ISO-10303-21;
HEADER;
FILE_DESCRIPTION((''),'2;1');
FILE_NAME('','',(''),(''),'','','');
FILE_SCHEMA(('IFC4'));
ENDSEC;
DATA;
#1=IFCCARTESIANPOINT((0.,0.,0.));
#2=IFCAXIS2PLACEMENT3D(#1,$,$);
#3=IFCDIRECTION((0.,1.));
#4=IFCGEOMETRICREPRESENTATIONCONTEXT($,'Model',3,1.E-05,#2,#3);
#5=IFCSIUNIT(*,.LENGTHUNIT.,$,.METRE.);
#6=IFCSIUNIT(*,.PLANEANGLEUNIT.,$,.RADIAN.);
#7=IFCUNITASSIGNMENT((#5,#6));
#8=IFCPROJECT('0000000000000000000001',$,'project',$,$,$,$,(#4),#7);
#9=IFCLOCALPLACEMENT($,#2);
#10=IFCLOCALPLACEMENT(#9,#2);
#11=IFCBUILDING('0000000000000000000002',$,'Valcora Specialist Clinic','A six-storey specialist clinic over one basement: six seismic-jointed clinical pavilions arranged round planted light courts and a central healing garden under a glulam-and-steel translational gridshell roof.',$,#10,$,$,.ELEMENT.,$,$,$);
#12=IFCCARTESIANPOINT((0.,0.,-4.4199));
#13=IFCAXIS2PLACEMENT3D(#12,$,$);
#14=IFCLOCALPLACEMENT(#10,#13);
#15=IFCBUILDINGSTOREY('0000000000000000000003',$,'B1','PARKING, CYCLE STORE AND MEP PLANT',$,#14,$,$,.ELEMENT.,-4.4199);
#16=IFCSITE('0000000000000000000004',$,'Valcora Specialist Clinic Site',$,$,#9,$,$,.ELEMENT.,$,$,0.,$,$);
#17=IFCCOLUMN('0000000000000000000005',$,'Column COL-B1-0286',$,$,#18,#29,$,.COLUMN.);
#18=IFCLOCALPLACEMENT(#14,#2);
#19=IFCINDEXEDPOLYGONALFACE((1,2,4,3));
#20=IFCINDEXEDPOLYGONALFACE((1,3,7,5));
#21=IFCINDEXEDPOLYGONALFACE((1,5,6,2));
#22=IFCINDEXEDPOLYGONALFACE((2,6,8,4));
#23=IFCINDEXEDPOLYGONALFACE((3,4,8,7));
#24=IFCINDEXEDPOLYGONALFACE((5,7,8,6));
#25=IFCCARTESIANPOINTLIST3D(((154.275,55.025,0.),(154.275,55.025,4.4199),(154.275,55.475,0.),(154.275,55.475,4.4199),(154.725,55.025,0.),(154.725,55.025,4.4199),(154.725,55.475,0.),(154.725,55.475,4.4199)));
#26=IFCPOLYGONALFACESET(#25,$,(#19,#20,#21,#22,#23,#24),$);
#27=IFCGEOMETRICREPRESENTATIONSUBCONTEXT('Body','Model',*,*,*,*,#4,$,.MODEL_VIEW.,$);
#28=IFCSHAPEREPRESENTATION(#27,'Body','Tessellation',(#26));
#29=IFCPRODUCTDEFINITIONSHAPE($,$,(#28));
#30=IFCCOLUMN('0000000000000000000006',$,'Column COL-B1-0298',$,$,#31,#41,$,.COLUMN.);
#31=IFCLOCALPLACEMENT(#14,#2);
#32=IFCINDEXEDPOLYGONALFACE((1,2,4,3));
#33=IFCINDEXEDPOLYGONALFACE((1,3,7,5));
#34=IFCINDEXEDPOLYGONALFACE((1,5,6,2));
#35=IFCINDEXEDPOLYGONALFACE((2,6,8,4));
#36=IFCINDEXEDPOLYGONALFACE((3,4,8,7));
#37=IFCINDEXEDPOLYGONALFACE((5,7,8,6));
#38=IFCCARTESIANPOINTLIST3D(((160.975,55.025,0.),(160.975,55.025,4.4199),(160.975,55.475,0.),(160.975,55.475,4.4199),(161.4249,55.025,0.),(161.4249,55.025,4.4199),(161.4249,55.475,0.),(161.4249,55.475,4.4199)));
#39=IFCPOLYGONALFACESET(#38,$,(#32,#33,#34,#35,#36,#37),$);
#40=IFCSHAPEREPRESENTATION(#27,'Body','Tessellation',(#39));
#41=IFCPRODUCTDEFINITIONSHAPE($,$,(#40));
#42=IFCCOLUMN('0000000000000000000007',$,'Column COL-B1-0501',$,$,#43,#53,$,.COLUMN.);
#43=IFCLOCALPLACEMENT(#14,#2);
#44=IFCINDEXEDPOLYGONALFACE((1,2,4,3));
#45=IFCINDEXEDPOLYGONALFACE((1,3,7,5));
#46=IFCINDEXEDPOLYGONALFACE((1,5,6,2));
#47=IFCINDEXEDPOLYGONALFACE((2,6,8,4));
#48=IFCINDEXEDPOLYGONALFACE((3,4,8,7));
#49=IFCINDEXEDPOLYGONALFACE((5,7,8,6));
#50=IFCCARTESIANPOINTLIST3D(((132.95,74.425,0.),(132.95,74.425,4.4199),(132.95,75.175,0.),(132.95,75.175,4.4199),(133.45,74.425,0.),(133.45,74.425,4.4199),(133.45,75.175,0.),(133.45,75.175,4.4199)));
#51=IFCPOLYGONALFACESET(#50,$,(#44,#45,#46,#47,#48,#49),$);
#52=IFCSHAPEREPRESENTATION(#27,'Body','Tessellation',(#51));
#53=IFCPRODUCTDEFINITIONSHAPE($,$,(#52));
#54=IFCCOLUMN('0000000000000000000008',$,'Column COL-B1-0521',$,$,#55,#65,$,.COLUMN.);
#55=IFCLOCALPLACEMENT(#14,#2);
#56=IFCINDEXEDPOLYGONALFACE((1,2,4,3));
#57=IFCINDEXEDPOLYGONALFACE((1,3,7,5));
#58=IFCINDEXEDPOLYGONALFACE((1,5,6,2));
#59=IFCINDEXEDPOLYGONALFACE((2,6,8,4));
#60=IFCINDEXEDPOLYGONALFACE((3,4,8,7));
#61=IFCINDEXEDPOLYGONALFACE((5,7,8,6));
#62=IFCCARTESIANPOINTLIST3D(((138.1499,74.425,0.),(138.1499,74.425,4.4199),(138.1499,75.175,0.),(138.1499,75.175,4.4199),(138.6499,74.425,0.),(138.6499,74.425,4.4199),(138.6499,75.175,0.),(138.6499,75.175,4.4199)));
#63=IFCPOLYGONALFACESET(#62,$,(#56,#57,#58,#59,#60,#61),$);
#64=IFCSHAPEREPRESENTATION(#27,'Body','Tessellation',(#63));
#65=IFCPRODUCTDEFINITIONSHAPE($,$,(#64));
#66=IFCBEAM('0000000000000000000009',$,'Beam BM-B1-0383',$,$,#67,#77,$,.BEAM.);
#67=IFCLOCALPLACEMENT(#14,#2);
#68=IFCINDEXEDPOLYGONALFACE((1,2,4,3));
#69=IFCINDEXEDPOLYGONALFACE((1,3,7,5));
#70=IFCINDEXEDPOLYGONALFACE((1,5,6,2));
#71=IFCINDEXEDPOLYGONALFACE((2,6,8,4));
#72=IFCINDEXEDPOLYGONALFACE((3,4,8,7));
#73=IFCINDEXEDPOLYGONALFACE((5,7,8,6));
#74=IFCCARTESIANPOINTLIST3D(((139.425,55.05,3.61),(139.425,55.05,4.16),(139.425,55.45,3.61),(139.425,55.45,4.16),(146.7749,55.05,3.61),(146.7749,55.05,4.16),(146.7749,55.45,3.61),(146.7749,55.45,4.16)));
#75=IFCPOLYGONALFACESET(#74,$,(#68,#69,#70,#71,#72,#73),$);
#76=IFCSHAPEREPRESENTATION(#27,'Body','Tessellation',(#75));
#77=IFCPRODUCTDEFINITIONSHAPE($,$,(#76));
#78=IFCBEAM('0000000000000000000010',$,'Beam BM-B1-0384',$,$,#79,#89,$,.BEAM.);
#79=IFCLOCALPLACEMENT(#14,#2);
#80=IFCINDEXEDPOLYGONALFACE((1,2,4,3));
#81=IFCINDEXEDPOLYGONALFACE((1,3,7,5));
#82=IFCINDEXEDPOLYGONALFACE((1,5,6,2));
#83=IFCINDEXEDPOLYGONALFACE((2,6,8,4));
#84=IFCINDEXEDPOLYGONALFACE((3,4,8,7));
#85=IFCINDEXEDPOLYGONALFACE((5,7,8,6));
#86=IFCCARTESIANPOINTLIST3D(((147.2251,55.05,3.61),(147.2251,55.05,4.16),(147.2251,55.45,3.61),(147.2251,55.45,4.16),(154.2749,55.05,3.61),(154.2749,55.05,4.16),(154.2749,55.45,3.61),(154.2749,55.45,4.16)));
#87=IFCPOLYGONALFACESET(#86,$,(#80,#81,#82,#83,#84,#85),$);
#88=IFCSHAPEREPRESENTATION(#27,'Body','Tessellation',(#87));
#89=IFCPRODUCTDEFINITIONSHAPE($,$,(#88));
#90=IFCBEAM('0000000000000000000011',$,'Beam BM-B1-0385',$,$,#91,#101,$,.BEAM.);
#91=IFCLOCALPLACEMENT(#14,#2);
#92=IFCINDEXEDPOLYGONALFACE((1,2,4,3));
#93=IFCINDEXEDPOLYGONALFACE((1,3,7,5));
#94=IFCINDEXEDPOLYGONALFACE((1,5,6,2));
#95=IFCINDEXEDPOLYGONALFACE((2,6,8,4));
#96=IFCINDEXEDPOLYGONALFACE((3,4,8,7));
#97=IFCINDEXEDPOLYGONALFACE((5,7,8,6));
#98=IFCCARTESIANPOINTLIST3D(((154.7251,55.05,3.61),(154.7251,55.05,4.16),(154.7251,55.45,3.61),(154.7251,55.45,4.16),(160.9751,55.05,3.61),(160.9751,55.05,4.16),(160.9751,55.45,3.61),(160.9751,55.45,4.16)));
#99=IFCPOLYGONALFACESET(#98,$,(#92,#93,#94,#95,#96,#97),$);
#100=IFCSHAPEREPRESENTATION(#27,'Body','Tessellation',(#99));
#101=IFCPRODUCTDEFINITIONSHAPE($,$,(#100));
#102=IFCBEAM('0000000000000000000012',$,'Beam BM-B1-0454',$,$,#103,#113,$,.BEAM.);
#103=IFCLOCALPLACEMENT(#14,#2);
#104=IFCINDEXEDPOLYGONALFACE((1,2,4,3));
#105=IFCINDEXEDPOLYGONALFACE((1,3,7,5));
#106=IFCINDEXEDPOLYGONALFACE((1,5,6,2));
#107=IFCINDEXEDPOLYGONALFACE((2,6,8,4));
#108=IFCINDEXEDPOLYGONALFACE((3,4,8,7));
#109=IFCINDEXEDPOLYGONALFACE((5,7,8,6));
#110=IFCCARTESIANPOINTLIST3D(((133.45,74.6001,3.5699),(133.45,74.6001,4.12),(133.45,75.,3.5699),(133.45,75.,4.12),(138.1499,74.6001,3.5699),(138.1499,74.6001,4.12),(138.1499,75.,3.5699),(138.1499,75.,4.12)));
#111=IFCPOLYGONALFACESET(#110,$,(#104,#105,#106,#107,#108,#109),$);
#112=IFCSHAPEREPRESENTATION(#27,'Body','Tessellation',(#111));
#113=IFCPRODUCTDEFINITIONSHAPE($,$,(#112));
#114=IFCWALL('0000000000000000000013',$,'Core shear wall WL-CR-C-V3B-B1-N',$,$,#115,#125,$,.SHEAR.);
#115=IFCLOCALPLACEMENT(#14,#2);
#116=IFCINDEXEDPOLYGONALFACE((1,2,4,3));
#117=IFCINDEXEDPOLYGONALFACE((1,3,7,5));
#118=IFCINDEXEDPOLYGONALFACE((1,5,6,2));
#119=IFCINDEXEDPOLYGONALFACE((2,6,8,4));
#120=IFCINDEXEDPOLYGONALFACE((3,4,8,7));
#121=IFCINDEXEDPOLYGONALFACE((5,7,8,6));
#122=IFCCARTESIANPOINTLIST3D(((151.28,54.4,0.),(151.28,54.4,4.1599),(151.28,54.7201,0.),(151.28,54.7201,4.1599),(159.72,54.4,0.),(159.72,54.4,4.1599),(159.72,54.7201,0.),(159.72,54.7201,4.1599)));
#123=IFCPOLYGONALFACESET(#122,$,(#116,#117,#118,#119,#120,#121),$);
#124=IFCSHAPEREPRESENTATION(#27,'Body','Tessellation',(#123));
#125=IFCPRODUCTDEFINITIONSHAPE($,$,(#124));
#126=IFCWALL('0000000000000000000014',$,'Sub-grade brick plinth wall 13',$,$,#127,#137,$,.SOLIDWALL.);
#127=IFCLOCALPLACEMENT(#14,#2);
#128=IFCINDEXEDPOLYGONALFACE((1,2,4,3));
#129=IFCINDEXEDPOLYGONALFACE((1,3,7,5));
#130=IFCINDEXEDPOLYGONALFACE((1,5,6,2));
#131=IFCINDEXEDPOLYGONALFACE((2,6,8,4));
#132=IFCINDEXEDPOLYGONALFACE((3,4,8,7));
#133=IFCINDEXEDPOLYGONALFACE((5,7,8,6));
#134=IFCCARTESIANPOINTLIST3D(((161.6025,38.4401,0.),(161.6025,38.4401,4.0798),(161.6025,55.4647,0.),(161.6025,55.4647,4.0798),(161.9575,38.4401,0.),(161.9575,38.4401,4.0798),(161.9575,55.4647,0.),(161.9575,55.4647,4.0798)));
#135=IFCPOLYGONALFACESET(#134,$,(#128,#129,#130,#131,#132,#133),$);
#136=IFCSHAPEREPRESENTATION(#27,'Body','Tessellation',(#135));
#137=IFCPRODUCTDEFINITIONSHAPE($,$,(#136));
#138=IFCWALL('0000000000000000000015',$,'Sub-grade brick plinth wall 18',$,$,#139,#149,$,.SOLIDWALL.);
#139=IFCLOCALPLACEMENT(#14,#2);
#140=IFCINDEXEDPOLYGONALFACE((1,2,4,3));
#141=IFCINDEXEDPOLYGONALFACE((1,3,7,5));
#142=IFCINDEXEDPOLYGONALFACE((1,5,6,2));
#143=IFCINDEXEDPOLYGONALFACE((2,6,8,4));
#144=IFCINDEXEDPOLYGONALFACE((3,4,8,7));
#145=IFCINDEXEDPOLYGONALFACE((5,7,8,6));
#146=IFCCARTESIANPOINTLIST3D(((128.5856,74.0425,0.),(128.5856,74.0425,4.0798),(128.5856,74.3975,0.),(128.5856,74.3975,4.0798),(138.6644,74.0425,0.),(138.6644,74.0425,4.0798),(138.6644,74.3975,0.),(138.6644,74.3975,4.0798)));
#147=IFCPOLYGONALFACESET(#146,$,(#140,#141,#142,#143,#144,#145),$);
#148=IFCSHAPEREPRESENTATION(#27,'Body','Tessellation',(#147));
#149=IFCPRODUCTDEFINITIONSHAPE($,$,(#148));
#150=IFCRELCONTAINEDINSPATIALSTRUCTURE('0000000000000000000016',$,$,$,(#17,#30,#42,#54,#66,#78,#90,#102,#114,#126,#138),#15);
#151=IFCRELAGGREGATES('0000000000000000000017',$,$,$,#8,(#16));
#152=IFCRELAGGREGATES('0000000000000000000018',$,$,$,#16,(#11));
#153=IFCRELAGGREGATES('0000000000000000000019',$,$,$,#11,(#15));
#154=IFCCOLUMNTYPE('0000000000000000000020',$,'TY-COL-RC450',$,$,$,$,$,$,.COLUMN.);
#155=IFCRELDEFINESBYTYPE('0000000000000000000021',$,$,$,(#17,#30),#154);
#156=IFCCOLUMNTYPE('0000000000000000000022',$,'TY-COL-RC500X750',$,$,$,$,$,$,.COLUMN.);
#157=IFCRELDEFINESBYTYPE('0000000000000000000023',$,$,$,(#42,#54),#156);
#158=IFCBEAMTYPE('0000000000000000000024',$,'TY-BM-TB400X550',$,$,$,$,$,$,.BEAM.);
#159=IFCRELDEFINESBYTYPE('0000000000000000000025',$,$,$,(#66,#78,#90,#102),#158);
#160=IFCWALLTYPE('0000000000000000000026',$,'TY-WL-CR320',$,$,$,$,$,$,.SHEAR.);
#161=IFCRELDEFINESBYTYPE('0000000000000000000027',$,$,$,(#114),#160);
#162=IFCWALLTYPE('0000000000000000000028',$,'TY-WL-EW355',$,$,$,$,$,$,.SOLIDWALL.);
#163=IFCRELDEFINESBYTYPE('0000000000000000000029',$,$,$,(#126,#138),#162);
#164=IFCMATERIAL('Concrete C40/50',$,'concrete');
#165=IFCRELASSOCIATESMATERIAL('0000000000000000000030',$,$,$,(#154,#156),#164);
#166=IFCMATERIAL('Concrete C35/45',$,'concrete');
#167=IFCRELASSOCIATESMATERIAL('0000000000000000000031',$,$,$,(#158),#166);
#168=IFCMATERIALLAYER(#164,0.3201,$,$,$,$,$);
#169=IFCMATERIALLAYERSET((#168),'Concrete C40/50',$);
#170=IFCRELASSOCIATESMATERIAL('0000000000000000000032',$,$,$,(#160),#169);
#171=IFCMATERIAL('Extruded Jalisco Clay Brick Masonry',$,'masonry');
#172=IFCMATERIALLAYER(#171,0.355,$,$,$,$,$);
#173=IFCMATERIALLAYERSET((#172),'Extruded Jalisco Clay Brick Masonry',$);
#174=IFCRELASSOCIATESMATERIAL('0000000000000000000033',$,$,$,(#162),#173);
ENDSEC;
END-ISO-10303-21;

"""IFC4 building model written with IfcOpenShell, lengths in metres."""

from ifc_helpers import new_model, si_unit, direction, frame, frame_2d, origin, origin_2d, place, context, subcontext, project, spatial, rectangle, extrude, material, layer, layer_set, material_profile, profile_set, type_object, element, save


model = new_model("IFC4")

# Units and contexts
model_context = context("Model", 3, precision=1e-05, world=origin(), true_north=direction((0.0, 1.0)))
body_context = subcontext(model_context, "Body", "Model", "MODEL_VIEW")
ifc_project = project(units=[si_unit("LENGTHUNIT", "METRE"), si_unit("PLANEANGLEUNIT", "RADIAN")], contexts=[model_context])

# Site, building, storey
site_placement = place(None, origin())
site = spatial("IfcSite", under=ifc_project, at=site_placement, Name="Valcora Specialist Clinic Site", CompositionType="ELEMENT", RefElevation=0.0)
building_placement = place(site_placement, origin())
building = spatial("IfcBuilding", under=site, at=building_placement, Name="Valcora Specialist Clinic", Description="A six-storey specialist clinic over one basement: six seismic-jointed clinical pavilions arranged round planted light courts and a central healing garden under a glulam-and-steel translational gridshell roof.", CompositionType="ELEMENT")
storey_placement = place(building_placement, frame((0.0, 0.0, -4.4199)))
storey = spatial("IfcBuildingStorey", under=building, at=storey_placement, Name="B1", Description="PARKING, CYCLE STORE AND MEP PLANT", CompositionType="ELEMENT", Elevation=-4.4199)

# Shared definitions
ifc_material_1 = material(Name="Concrete C35/45", Category="concrete")

# Columns
ifc_material_2 = material(Name="Concrete C40/50", Category="concrete")
ifc_material_profile_1 = material_profile(ifc_material_2, rectangle(XDim=0.45, YDim=0.45, at=origin_2d()), Name="RC-COL-450X450")
ifc_profile_set_1 = profile_set([ifc_material_profile_1], Name="Concrete C40/50")
column_type_1 = type_object("IfcColumnType", Name="TY-COL-RC450", PredefinedType="COLUMN", material=ifc_profile_set_1)
for number, where, z_axis, x_axis, name in (
    (1, (154.5, 55.25, 0.0), (0.0, 0.0, 1.0), (1.0, 0.0, 0.0), "Column COL-B1-0286"),
    (2, (161.2, 55.25, 0.0), (0.0, 0.0, 1.0), (1.0, 0.0, 0.0), "Column COL-B1-0298"),
):
    element("IfcColumn", number, at=place(storey_placement, frame(where, z_axis=z_axis, x_axis=x_axis)), inside=storey, type_object=column_type_1, Name=name, PredefinedType="COLUMN", context=body_context, shape_type="SweptSolid", body=[
        extrude(rectangle(XDim=0.45, YDim=0.45, at=origin_2d()), origin(), (0.0, 0.0, 1.0), 4.4199),
    ])
ifc_material_profile_2 = material_profile(ifc_material_2, rectangle(XDim=0.5, YDim=0.75, at=origin_2d()), Name="RC-COL-500X750")
ifc_profile_set_2 = profile_set([ifc_material_profile_2], Name="Concrete C40/50")
column_type_2 = type_object("IfcColumnType", Name="TY-COL-RC500X750", PredefinedType="COLUMN", material=ifc_profile_set_2)
for number, where, z_axis, x_axis, name in (
    (3, (133.2, 74.8, 0.0), (0.0, 0.0, 1.0), (1.0, 0.0, 0.0), "Column COL-B1-0501"),
    (4, (138.3999, 74.8, 0.0), (0.0, 0.0, 1.0), (1.0, 0.0, 0.0), "Column COL-B1-0521"),
):
    element("IfcColumn", number, at=place(storey_placement, frame(where, z_axis=z_axis, x_axis=x_axis)), inside=storey, type_object=column_type_2, Name=name, PredefinedType="COLUMN", context=body_context, shape_type="SweptSolid", body=[
        extrude(rectangle(XDim=0.5, YDim=0.75, at=origin_2d()), origin(), (0.0, 0.0, 1.0), 4.4199),
    ])

# Beams
ifc_material_profile_3 = material_profile(ifc_material_1, rectangle(XDim=0.3999, YDim=0.55, at=origin_2d()), Name="RC-TB-400X550")
ifc_profile_set_3 = profile_set([ifc_material_profile_3], Name="Concrete C35/45")
beam_type = type_object("IfcBeamType", Name="TY-BM-TB400X550", PredefinedType="BEAM", material=ifc_profile_set_3)
beam_1_placement = place(storey_placement, frame((139.425, 55.25, 3.885), z_axis=(1.0, 0.0, 0.0), x_axis=(0.0, 1.0, 0.0)))
element("IfcBeam", 5, at=beam_1_placement, inside=storey, type_object=beam_type, Name="Beam BM-B1-0383", PredefinedType="BEAM", context=body_context, shape_type="SweptSolid", body=[
    extrude(rectangle(XDim=0.3999, YDim=0.55, at=origin_2d()), origin(), (0.0, 0.0, 1.0), 7.3499),
])
beam_2_placement = place(storey_placement, frame((147.2251, 55.25, 3.885), z_axis=(1.0, 0.0, 0.0), x_axis=(0.0, 1.0, 0.0)))
element("IfcBeam", 6, at=beam_2_placement, inside=storey, type_object=beam_type, Name="Beam BM-B1-0384", PredefinedType="BEAM", context=body_context, shape_type="SweptSolid", body=[
    extrude(rectangle(XDim=0.3999, YDim=0.55, at=origin_2d()), origin(), (0.0, 0.0, 1.0), 7.0498),
])
beam_3_placement = place(storey_placement, frame((154.7251, 55.25, 3.885), z_axis=(1.0, 0.0, 0.0), x_axis=(0.0, 1.0, 0.0)))
element("IfcBeam", 7, at=beam_3_placement, inside=storey, type_object=beam_type, Name="Beam BM-B1-0385", PredefinedType="BEAM", context=body_context, shape_type="SweptSolid", body=[
    extrude(rectangle(XDim=0.3999, YDim=0.55, at=origin_2d()), origin(), (0.0, 0.0, 1.0), 6.25),
])
beam_4_placement = place(storey_placement, frame((133.45, 74.8, 3.845), z_axis=(1.0, 0.0, 0.0), x_axis=(0.0, 1.0, 0.0)))
element("IfcBeam", 8, at=beam_4_placement, inside=storey, type_object=beam_type, Name="Beam BM-B1-0454", PredefinedType="BEAM", context=body_context, shape_type="SweptSolid", body=[
    extrude(rectangle(XDim=0.3999, YDim=0.55, at=origin_2d()), origin(), (0.0, 0.0, 1.0), 4.7),
])

# Walls
ifc_layer_1 = layer(ifc_material_2, 0.3201)
ifc_layer_set_1 = layer_set([ifc_layer_1], Name="Concrete C40/50")
wall_type_1 = type_object("IfcWallType", Name="TY-WL-CR320", PredefinedType="SHEAR", material=ifc_layer_set_1)
wall_1_placement = place(storey_placement, frame((151.28, 54.5601, 0.0), z_axis=(0.0, 0.0, 1.0), x_axis=(1.0, 0.0, 0.0)))
element("IfcWall", 9, at=wall_1_placement, inside=storey, type_object=wall_type_1, Name="Core shear wall WL-CR-C-V3B-B1-N", PredefinedType="SHEAR", context=body_context, shape_type="SweptSolid", body=[
    extrude(rectangle(XDim=8.4399, YDim=0.3201, at=frame_2d((4.22, 0.0))), origin(), (0.0, 0.0, 1.0), 4.1599),
])
ifc_material_3 = material(Name="Extruded Jalisco Clay Brick Masonry", Category="masonry")
ifc_layer_2 = layer(ifc_material_3, 0.355)
ifc_layer_set_2 = layer_set([ifc_layer_2], Name="Extruded Jalisco Clay Brick Masonry")
wall_type_2 = type_object("IfcWallType", Name="TY-WL-EW355", PredefinedType="SOLIDWALL", material=ifc_layer_set_2)
wall_2_placement = place(storey_placement, frame((161.78, 55.4646, 0.0), z_axis=(0.0, 0.0, 1.0), x_axis=(0.0, -1.0, 0.0)))
element("IfcWall", 10, at=wall_2_placement, inside=storey, type_object=wall_type_2, Name="Sub-grade brick plinth wall 13", PredefinedType="SOLIDWALL", context=body_context, shape_type="SweptSolid", body=[
    extrude(rectangle(XDim=17.0247, YDim=0.355, at=frame_2d((8.5122, 0.0))), origin(), (0.0, 0.0, 1.0), 4.0798),
])
wall_3_placement = place(storey_placement, frame((138.6646, 74.22, 0.0), z_axis=(0.0, 0.0, 1.0), x_axis=(-1.0, 0.0, 0.0)))
element("IfcWall", 11, at=wall_3_placement, inside=storey, type_object=wall_type_2, Name="Sub-grade brick plinth wall 18", PredefinedType="SOLIDWALL", context=body_context, shape_type="SweptSolid", body=[
    extrude(rectangle(XDim=10.0789, YDim=0.355, at=frame_2d((5.0396, 0.0))), origin(), (0.0, 0.0, 1.0), 4.0798),
])

save(model, "model.ifc")
